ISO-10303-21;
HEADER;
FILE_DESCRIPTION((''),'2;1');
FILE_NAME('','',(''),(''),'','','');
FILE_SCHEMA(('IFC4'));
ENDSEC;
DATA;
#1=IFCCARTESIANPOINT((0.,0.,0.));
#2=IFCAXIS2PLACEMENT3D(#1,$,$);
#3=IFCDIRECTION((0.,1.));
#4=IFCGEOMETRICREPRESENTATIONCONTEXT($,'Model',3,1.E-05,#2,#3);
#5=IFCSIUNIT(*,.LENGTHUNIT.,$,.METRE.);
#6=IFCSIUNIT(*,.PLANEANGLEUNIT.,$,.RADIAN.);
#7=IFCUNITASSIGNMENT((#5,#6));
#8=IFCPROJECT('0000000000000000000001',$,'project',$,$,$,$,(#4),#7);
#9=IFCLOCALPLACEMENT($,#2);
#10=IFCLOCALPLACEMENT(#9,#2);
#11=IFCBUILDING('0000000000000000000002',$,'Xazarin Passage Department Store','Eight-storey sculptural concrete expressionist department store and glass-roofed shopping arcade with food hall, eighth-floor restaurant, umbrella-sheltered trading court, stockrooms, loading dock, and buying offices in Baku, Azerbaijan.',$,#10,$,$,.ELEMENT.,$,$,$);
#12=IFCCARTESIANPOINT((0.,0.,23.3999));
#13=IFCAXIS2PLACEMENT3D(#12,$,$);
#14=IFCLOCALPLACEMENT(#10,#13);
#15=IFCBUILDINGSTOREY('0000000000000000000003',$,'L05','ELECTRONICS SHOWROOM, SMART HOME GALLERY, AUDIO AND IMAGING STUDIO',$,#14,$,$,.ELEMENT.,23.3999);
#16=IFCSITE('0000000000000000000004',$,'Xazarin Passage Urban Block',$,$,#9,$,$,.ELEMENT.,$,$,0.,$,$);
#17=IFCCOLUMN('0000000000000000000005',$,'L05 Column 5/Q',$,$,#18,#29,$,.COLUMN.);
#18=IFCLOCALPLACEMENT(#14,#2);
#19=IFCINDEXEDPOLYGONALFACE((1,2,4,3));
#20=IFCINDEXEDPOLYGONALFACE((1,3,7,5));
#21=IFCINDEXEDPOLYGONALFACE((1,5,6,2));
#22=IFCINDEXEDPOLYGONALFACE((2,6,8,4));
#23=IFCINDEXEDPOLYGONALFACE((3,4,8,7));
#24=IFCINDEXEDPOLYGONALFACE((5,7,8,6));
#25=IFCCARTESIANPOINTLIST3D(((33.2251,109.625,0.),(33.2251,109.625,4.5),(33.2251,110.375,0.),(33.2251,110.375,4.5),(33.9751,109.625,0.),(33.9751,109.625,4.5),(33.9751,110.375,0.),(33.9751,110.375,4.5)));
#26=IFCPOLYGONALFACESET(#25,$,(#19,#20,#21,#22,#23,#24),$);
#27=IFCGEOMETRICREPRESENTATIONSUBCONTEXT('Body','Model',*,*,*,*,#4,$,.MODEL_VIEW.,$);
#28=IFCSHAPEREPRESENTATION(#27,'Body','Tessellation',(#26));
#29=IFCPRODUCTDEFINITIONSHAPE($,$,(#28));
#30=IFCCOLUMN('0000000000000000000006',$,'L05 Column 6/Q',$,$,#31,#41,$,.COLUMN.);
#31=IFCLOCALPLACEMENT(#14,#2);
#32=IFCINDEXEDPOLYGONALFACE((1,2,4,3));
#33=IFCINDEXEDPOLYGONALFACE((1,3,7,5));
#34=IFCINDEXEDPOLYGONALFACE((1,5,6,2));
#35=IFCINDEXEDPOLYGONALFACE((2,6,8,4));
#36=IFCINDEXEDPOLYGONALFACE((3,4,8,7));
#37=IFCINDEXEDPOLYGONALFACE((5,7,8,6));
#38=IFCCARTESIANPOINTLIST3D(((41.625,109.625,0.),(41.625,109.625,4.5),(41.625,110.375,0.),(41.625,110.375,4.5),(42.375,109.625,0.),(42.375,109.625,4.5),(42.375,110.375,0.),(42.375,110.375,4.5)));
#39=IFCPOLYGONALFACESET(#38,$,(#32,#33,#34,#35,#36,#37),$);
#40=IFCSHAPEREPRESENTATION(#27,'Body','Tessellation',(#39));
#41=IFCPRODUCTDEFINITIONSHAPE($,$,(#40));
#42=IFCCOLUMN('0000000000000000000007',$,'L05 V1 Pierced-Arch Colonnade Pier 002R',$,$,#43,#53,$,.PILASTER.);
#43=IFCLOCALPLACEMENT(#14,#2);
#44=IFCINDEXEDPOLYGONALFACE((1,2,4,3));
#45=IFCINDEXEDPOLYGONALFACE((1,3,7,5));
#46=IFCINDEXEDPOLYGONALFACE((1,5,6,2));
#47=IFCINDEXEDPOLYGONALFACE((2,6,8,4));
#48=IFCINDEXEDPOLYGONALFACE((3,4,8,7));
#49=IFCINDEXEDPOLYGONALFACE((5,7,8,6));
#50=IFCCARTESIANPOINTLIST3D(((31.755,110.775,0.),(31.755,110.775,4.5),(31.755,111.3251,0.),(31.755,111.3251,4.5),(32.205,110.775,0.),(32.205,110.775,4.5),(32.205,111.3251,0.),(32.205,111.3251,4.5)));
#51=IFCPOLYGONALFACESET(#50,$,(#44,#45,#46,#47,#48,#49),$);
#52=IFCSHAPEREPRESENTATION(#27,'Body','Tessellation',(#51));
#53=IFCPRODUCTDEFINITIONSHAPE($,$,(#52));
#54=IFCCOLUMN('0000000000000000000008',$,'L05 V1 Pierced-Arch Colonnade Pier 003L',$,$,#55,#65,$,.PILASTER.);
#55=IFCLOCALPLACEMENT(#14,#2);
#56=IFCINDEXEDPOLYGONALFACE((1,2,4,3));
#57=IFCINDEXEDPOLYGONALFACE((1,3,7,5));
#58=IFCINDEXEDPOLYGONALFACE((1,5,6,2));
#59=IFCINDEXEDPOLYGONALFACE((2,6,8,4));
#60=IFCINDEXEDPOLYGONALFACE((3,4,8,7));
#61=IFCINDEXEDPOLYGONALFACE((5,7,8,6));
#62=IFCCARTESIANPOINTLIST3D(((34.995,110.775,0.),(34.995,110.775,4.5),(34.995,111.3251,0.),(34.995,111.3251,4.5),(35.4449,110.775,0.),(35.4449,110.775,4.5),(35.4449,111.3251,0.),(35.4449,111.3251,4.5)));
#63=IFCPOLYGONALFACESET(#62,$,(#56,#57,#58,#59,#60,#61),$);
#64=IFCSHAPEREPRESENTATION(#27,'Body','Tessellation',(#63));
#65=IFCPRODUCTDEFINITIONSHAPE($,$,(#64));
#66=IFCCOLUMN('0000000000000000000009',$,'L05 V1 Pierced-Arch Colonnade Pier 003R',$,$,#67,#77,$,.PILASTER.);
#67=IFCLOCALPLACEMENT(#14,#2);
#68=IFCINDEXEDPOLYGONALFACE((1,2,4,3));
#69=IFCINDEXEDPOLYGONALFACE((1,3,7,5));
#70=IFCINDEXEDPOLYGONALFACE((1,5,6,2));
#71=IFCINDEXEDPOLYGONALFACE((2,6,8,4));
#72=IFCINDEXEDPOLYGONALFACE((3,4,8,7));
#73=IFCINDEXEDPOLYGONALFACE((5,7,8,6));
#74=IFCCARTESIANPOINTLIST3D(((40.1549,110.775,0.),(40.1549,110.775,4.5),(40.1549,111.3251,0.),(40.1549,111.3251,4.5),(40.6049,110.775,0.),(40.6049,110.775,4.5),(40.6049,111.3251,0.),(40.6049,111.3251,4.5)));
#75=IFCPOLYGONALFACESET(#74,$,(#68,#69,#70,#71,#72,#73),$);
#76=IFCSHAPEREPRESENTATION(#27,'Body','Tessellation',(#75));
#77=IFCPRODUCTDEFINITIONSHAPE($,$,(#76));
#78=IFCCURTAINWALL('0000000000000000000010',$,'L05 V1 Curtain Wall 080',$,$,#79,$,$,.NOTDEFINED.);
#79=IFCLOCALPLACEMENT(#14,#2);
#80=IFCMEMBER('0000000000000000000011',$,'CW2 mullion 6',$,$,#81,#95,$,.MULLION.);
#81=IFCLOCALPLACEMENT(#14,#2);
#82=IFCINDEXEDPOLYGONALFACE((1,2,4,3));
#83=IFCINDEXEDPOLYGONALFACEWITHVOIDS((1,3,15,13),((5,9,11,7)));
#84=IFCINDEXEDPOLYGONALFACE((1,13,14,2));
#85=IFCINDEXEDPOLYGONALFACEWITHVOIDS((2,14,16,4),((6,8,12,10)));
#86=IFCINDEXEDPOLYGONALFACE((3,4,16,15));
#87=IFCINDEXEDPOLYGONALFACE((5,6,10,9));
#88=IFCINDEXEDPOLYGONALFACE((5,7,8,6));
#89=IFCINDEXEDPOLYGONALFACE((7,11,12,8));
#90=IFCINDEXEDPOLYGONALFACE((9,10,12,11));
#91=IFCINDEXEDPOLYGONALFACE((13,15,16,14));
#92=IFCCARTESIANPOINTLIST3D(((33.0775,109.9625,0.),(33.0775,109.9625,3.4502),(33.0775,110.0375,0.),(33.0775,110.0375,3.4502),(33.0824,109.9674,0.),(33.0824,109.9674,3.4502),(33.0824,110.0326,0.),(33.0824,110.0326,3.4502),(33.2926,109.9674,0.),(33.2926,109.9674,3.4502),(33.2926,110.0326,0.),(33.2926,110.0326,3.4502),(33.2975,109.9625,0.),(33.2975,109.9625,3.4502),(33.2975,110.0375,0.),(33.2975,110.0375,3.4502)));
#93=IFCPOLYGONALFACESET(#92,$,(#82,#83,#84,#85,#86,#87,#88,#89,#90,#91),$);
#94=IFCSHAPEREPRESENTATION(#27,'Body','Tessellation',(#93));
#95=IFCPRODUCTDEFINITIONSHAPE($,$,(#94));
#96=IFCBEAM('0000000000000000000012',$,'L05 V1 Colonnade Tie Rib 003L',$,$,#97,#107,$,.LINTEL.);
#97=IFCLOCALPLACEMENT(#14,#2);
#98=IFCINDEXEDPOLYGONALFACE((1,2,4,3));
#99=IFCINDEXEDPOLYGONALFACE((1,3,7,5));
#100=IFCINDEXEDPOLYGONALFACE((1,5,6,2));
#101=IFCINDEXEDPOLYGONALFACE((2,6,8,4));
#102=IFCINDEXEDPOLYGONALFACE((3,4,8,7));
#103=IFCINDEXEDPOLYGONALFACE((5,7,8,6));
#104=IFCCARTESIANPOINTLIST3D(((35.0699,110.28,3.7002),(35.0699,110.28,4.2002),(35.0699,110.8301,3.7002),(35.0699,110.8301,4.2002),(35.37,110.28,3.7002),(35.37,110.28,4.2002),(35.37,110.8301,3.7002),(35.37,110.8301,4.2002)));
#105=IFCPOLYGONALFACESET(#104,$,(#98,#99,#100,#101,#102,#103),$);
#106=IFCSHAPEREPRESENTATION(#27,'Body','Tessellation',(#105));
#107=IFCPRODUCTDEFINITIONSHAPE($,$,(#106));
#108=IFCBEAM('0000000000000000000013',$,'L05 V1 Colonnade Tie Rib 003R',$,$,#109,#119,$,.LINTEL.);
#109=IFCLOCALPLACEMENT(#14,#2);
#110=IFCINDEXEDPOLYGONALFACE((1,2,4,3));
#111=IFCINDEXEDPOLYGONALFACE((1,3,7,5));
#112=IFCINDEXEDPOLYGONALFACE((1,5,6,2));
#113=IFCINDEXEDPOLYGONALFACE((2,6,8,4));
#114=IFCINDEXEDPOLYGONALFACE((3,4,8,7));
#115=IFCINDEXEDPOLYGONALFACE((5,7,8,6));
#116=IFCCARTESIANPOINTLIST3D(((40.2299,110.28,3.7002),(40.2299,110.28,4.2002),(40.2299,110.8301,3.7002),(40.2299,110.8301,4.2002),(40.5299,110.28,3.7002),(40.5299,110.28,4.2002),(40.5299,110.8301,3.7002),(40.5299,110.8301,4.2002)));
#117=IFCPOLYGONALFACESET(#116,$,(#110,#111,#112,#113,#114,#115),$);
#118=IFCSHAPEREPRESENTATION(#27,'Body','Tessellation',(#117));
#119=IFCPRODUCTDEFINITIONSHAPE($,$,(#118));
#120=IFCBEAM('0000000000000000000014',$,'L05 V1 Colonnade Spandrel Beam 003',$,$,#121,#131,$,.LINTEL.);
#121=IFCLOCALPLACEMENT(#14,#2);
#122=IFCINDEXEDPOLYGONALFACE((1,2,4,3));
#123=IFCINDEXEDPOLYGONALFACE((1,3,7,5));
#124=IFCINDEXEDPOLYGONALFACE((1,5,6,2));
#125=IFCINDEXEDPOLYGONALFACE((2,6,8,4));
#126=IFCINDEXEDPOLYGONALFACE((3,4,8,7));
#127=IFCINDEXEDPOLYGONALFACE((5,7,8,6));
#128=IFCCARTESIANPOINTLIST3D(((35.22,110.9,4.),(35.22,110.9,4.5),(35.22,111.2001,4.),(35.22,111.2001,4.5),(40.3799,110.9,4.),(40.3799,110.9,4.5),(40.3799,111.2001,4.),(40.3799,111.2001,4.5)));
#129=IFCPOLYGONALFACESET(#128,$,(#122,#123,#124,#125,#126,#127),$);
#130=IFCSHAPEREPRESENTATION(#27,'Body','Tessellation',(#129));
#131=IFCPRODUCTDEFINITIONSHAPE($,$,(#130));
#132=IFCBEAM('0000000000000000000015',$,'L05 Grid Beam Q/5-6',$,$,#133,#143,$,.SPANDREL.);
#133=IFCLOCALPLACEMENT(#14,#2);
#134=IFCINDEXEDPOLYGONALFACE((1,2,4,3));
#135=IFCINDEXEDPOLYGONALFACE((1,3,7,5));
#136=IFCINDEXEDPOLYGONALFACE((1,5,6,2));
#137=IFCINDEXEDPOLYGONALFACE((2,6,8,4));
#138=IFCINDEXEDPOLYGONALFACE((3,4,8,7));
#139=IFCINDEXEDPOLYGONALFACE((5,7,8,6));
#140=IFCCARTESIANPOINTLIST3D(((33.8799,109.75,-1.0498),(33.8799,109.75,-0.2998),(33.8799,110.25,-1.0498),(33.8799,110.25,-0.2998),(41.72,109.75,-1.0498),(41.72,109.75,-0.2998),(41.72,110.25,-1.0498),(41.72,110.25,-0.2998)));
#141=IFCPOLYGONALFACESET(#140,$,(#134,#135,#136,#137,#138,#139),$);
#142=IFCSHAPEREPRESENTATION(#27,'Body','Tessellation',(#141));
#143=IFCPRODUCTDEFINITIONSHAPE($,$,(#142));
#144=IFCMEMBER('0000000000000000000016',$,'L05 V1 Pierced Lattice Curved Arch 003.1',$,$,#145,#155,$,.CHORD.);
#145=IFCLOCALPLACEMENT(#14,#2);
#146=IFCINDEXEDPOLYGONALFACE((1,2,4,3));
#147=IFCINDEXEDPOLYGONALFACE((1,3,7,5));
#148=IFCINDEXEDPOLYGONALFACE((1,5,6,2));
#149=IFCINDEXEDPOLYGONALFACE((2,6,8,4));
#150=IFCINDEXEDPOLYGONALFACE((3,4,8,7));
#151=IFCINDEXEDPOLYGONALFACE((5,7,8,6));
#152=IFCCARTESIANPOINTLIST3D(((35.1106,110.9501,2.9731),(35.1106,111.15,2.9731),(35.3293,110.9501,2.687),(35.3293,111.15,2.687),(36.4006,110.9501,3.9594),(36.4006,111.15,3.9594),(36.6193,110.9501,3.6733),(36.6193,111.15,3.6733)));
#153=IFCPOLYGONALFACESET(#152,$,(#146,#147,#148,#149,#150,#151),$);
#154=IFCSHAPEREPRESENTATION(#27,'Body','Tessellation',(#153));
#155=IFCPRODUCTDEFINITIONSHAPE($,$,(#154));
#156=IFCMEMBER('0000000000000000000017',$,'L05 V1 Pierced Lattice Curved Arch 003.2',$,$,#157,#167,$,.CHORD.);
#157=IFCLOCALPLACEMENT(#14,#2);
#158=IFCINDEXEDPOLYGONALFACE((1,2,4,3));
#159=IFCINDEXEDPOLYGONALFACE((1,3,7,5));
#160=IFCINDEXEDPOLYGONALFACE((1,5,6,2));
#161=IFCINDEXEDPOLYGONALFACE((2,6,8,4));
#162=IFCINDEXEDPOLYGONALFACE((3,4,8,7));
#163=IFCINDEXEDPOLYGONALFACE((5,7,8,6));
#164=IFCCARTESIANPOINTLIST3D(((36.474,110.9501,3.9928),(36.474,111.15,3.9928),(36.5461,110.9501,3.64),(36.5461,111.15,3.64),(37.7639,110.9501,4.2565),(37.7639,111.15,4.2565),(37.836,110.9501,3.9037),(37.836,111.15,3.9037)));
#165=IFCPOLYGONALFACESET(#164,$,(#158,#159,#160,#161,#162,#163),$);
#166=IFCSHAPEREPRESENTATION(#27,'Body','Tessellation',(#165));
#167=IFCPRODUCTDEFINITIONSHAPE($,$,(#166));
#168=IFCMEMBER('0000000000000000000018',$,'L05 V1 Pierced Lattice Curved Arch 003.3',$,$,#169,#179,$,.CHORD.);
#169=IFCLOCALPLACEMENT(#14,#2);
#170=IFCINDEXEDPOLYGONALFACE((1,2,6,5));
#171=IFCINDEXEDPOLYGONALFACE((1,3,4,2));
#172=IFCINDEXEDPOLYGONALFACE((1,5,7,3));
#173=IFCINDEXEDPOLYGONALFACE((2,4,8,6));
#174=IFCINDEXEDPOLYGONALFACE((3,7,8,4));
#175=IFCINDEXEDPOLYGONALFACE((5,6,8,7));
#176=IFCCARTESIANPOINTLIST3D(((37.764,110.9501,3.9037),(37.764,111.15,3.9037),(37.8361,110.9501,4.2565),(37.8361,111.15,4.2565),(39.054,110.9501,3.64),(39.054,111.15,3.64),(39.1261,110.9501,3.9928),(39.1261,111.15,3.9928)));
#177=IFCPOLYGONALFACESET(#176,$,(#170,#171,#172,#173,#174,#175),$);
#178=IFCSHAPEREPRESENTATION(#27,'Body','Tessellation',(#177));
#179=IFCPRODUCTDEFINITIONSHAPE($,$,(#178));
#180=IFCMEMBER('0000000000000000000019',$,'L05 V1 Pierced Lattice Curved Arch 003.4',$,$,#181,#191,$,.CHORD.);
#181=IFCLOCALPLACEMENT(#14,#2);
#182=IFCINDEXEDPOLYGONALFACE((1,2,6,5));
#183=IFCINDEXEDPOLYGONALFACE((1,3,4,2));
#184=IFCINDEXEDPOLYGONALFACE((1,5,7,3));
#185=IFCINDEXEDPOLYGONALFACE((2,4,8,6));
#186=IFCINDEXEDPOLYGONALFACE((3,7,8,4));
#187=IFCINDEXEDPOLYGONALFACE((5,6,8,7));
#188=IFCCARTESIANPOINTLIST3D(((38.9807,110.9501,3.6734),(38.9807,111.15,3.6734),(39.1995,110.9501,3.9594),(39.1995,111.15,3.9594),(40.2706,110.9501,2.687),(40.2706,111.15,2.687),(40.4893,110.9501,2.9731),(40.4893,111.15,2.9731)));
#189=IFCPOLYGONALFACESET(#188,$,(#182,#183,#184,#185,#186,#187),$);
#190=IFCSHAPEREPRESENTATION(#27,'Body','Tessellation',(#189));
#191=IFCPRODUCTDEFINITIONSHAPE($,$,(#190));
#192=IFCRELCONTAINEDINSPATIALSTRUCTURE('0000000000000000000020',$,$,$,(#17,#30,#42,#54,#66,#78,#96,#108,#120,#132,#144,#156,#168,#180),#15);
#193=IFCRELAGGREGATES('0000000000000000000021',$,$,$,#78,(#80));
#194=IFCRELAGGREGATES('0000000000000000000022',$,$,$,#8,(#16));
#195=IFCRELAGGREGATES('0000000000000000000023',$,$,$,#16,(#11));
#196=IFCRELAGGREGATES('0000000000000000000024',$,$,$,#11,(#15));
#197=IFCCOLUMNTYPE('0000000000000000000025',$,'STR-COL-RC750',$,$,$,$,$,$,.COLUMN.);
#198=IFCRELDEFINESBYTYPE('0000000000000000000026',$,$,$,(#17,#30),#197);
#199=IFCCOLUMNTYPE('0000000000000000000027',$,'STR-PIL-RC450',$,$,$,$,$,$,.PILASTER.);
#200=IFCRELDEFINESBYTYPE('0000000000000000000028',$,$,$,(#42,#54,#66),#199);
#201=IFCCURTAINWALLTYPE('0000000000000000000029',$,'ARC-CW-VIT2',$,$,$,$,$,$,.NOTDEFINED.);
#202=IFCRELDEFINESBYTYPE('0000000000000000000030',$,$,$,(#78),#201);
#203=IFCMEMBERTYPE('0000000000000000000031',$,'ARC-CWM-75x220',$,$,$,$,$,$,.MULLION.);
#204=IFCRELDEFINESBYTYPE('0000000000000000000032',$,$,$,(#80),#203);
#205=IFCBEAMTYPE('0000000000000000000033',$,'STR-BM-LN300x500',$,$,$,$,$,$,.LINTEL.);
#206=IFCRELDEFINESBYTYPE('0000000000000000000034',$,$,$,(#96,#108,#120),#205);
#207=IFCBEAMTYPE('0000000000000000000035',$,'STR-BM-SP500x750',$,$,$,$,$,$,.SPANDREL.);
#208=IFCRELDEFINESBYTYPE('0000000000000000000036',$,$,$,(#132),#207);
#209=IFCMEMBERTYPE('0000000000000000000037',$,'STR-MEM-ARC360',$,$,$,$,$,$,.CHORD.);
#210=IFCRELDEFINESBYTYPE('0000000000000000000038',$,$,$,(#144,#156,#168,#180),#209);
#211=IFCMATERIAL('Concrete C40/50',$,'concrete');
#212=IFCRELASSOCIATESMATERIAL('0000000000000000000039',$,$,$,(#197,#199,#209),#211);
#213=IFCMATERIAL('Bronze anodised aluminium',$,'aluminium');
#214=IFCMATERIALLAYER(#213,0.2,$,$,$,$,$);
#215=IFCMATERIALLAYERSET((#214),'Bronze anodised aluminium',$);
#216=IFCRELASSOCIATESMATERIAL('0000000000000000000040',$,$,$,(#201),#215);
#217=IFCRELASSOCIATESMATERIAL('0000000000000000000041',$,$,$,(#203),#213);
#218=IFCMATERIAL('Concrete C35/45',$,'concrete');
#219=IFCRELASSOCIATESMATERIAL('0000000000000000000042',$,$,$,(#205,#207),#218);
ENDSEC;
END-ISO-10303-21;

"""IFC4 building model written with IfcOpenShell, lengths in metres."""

from ifc_helpers import new_model, si_unit, direction, frame, origin, origin_2d, place, context, subcontext, project, spatial, rectangle, hollow_rectangle, extrude, material, layer, layer_set, material_profile, profile_set, type_object, element, aggregate, save


model = new_model("IFC4")

# Units and contexts
model_context = context("Model", 3, precision=1e-05, world=origin(), true_north=direction((0.0, 1.0)))
body_context = subcontext(model_context, "Body", "Model", "MODEL_VIEW")
ifc_project = project(units=[si_unit("LENGTHUNIT", "METRE"), si_unit("PLANEANGLEUNIT", "RADIAN")], contexts=[model_context])

# Site, building, storey
site_placement = place(None, origin())
site = spatial("IfcSite", under=ifc_project, at=site_placement, Name="Xazarin Passage Urban Block", CompositionType="ELEMENT", RefElevation=0.0)
building_placement = place(site_placement, origin())
building = spatial("IfcBuilding", under=site, at=building_placement, Name="Xazarin Passage Department Store", Description="Eight-storey sculptural concrete expressionist department store and glass-roofed shopping arcade with food hall, eighth-floor restaurant, umbrella-sheltered trading court, stockrooms, loading dock, and buying offices in Baku, Azerbaijan.", CompositionType="ELEMENT")
storey_placement = place(building_placement, frame((0.0, 0.0, 23.3999)))
storey = spatial("IfcBuildingStorey", under=building, at=storey_placement, Name="L05", Description="ELECTRONICS SHOWROOM, SMART HOME GALLERY, AUDIO AND IMAGING STUDIO", CompositionType="ELEMENT", Elevation=23.3999)

# Columns
ifc_material_1 = material(Name="Concrete C40/50", Category="concrete")
ifc_material_profile_1 = material_profile(ifc_material_1, rectangle(XDim=0.75, YDim=0.75, at=origin_2d()), Name="RC 750x750")
ifc_profile_set_1 = profile_set([ifc_material_profile_1], Name="Concrete C40/50")
column_type_1 = type_object("IfcColumnType", Name="STR-COL-RC750", PredefinedType="COLUMN", material=ifc_profile_set_1)
for number, where, z_axis, x_axis, name in (
    (1, (33.6001, 110.0, 0.0), (0.0, 0.0, 1.0), (1.0, 0.0, 0.0), "L05 Column 5/Q"),
    (2, (42.0, 110.0, 0.0), (0.0, 0.0, 1.0), (1.0, 0.0, 0.0), "L05 Column 6/Q"),
):
    element("IfcColumn", number, at=place(storey_placement, frame(where, z_axis=z_axis, x_axis=x_axis)), inside=storey, type_object=column_type_1, Name=name, PredefinedType="COLUMN", context=body_context, shape_type="SweptSolid", body=[
        extrude(rectangle(XDim=0.75, YDim=0.75, at=origin_2d()), origin(), (0.0, 0.0, 1.0), 4.5),
    ])
ifc_material_profile_2 = material_profile(ifc_material_1, rectangle(XDim=0.45, YDim=0.55, at=origin_2d()), Name="RC 450x550")
ifc_profile_set_2 = profile_set([ifc_material_profile_2], Name="Concrete C40/50")
column_type_2 = type_object("IfcColumnType", Name="STR-PIL-RC450", PredefinedType="PILASTER", material=ifc_profile_set_2)
for number, where, z_axis, x_axis, name in (
    (3, (31.98, 111.05, 0.0), (0.0, 0.0, 1.0), (1.0, 0.0, 0.0), "L05 V1 Pierced-Arch Colonnade Pier 002R"),
    (4, (35.22, 111.05, 0.0), (0.0, 0.0, 1.0), (1.0, 0.0, 0.0), "L05 V1 Pierced-Arch Colonnade Pier 003L"),
    (5, (40.3799, 111.05, 0.0), (0.0, 0.0, 1.0), (1.0, 0.0, 0.0), "L05 V1 Pierced-Arch Colonnade Pier 003R"),
):
    element("IfcColumn", number, at=place(storey_placement, frame(where, z_axis=z_axis, x_axis=x_axis)), inside=storey, type_object=column_type_2, Name=name, PredefinedType="PILASTER", context=body_context, shape_type="SweptSolid", body=[
        extrude(rectangle(XDim=0.45, YDim=0.55, at=origin_2d()), origin(), (0.0, 0.0, 1.0), 4.5),
    ])

# Curtain wall, member
ifc_material_2 = material(Name="Bronze anodised aluminium", Category="aluminium")
ifc_layer_1 = layer(ifc_material_2, 0.2)
ifc_layer_set_1 = layer_set([ifc_layer_1], Name="Bronze anodised aluminium")
curtain_wall_type = type_object("IfcCurtainWallType", Name="ARC-CW-VIT2", PredefinedType="NOTDEFINED", material=ifc_layer_set_1)
curtain_wall_placement = place(storey_placement, origin())
curtain_wall = element("IfcCurtainWall", 6, at=curtain_wall_placement, inside=storey, type_object=curtain_wall_type, Name="L05 V1 Curtain Wall 080", PredefinedType="NOTDEFINED")
ifc_material_profile_3 = material_profile(ifc_material_2, hollow_rectangle(XDim=0.075, YDim=0.22, WallThickness=0.0049, at=origin_2d()), Name="ALU 75x220")
ifc_profile_set_3 = profile_set([ifc_material_profile_3], Name="Bronze anodised aluminium")
member_type_1 = type_object("IfcMemberType", Name="ARC-CWM-75x220", PredefinedType="MULLION", material=ifc_profile_set_3)
member_1_placement = place(storey_placement, frame((33.1875, 110.0, 0.0), z_axis=(0.0, 0.0, 1.0), x_axis=(0.0, 1.0, 0.0)))
member_1 = element("IfcMember", 7, at=member_1_placement, type_object=member_type_1, Name="CW2 mullion 6", PredefinedType="MULLION", context=body_context, shape_type="SweptSolid", body=[
    extrude(hollow_rectangle(XDim=0.075, YDim=0.22, WallThickness=0.0049, at=origin_2d()), origin(), (0.0, 0.0, 1.0), 3.4502),
])

# Beams
ifc_material_3 = material(Name="Concrete C35/45", Category="concrete")
ifc_material_profile_4 = material_profile(ifc_material_3, rectangle(XDim=0.3, YDim=0.5, at=origin_2d()), Name="RC 300x500")
ifc_profile_set_4 = profile_set([ifc_material_profile_4], Name="Concrete C35/45")
beam_type_1 = type_object("IfcBeamType", Name="STR-BM-LN300x500", PredefinedType="LINTEL", material=ifc_profile_set_4)
for number, where, z_axis, x_axis, name in (
    (8, (35.22, 110.28, 3.9502), (0.0, 1.0, 0.0), (-1.0, 0.0, 0.0), "L05 V1 Colonnade Tie Rib 003L"),
    (9, (40.3799, 110.28, 3.9502), (0.0, 1.0, 0.0), (-1.0, 0.0, 0.0), "L05 V1 Colonnade Tie Rib 003R"),
):
    element("IfcBeam", number, at=place(storey_placement, frame(where, z_axis=z_axis, x_axis=x_axis)), inside=storey, type_object=beam_type_1, Name=name, PredefinedType="LINTEL", context=body_context, shape_type="SweptSolid", body=[
        extrude(rectangle(XDim=0.3, YDim=0.5, at=origin_2d()), origin(), (0.0, 0.0, 1.0), 0.55),
    ])
beam_1_placement = place(storey_placement, frame((35.22, 111.05, 4.25), z_axis=(1.0, 0.0, 0.0), x_axis=(0.0, 1.0, 0.0)))
element("IfcBeam", 10, at=beam_1_placement, inside=storey, type_object=beam_type_1, Name="L05 V1 Colonnade Spandrel Beam 003", PredefinedType="LINTEL", context=body_context, shape_type="SweptSolid", body=[
    extrude(rectangle(XDim=0.3, YDim=0.5, at=origin_2d()), origin(), (0.0, 0.0, 1.0), 5.1599),
])
ifc_material_profile_5 = material_profile(ifc_material_3, rectangle(XDim=0.5, YDim=0.75, at=origin_2d()), Name="RC 500x750")
ifc_profile_set_5 = profile_set([ifc_material_profile_5], Name="Concrete C35/45")
beam_type_2 = type_object("IfcBeamType", Name="STR-BM-SP500x750", PredefinedType="SPANDREL", material=ifc_profile_set_5)
beam_2_placement = place(storey_placement, frame((33.8799, 110.0, -0.6748), z_axis=(1.0, 0.0, 0.0), x_axis=(0.0, 1.0, 0.0)))
element("IfcBeam", 11, at=beam_2_placement, inside=storey, type_object=beam_type_2, Name="L05 Grid Beam Q/5-6", PredefinedType="SPANDREL", context=body_context, shape_type="SweptSolid", body=[
    extrude(rectangle(XDim=0.5, YDim=0.75, at=origin_2d()), origin(), (0.0, 0.0, 1.0), 7.8401),
])

# Members
ifc_material_profile_6 = material_profile(ifc_material_1, rectangle(XDim=0.2, YDim=0.3601, at=origin_2d()), Name="RC 200x360")
ifc_profile_set_6 = profile_set([ifc_material_profile_6], Name="Concrete C40/50")
member_type_2 = type_object("IfcMemberType", Name="STR-MEM-ARC360", PredefinedType="CHORD", material=ifc_profile_set_6)
member_2_placement = place(storey_placement, frame((35.22, 111.05, 2.8301), z_axis=(0.794409, 0.0, 0.607383), x_axis=(0.0, 1.0, 0.0)))
element("IfcMember", 12, at=member_2_placement, inside=storey, type_object=member_type_2, Name="L05 V1 Pierced Lattice Curved Arch 003.1", PredefinedType="CHORD", context=body_context, shape_type="SweptSolid", body=[
    extrude(rectangle(XDim=0.2, YDim=0.3601, at=origin_2d()), origin(), (0.0, 0.0, 1.0), 1.6238),
])
for number, where, z_axis, x_axis, name in (
    (13, (36.51, 111.05, 3.8164), (0.979745, 0.0, 0.200251), (0.0, 1.0, 0.0), "L05 V1 Pierced Lattice Curved Arch 003.2"),
    (14, (37.8, 111.05, 4.0801), (0.979745, 0.0, -0.200251), (0.0, 1.0, 0.0), "L05 V1 Pierced Lattice Curved Arch 003.3"),
):
    element("IfcMember", number, at=place(storey_placement, frame(where, z_axis=z_axis, x_axis=x_axis)), inside=storey, type_object=member_type_2, Name=name, PredefinedType="CHORD", context=body_context, shape_type="SweptSolid", body=[
        extrude(rectangle(XDim=0.2, YDim=0.3601, at=origin_2d()), origin(), (0.0, 0.0, 1.0), 1.3167),
    ])
member_3_placement = place(storey_placement, frame((39.0901, 111.05, 3.8164), z_axis=(0.794354, 0.0, -0.607456), x_axis=(0.0, 1.0, 0.0)))
element("IfcMember", 15, at=member_3_placement, inside=storey, type_object=member_type_2, Name="L05 V1 Pierced Lattice Curved Arch 003.4", PredefinedType="CHORD", context=body_context, shape_type="SweptSolid", body=[
    extrude(rectangle(XDim=0.2, YDim=0.3601, at=origin_2d()), origin(), (0.0, 0.0, 1.0), 1.6238),
])

aggregate(curtain_wall, [member_1])

save(model, "model.ifc")
